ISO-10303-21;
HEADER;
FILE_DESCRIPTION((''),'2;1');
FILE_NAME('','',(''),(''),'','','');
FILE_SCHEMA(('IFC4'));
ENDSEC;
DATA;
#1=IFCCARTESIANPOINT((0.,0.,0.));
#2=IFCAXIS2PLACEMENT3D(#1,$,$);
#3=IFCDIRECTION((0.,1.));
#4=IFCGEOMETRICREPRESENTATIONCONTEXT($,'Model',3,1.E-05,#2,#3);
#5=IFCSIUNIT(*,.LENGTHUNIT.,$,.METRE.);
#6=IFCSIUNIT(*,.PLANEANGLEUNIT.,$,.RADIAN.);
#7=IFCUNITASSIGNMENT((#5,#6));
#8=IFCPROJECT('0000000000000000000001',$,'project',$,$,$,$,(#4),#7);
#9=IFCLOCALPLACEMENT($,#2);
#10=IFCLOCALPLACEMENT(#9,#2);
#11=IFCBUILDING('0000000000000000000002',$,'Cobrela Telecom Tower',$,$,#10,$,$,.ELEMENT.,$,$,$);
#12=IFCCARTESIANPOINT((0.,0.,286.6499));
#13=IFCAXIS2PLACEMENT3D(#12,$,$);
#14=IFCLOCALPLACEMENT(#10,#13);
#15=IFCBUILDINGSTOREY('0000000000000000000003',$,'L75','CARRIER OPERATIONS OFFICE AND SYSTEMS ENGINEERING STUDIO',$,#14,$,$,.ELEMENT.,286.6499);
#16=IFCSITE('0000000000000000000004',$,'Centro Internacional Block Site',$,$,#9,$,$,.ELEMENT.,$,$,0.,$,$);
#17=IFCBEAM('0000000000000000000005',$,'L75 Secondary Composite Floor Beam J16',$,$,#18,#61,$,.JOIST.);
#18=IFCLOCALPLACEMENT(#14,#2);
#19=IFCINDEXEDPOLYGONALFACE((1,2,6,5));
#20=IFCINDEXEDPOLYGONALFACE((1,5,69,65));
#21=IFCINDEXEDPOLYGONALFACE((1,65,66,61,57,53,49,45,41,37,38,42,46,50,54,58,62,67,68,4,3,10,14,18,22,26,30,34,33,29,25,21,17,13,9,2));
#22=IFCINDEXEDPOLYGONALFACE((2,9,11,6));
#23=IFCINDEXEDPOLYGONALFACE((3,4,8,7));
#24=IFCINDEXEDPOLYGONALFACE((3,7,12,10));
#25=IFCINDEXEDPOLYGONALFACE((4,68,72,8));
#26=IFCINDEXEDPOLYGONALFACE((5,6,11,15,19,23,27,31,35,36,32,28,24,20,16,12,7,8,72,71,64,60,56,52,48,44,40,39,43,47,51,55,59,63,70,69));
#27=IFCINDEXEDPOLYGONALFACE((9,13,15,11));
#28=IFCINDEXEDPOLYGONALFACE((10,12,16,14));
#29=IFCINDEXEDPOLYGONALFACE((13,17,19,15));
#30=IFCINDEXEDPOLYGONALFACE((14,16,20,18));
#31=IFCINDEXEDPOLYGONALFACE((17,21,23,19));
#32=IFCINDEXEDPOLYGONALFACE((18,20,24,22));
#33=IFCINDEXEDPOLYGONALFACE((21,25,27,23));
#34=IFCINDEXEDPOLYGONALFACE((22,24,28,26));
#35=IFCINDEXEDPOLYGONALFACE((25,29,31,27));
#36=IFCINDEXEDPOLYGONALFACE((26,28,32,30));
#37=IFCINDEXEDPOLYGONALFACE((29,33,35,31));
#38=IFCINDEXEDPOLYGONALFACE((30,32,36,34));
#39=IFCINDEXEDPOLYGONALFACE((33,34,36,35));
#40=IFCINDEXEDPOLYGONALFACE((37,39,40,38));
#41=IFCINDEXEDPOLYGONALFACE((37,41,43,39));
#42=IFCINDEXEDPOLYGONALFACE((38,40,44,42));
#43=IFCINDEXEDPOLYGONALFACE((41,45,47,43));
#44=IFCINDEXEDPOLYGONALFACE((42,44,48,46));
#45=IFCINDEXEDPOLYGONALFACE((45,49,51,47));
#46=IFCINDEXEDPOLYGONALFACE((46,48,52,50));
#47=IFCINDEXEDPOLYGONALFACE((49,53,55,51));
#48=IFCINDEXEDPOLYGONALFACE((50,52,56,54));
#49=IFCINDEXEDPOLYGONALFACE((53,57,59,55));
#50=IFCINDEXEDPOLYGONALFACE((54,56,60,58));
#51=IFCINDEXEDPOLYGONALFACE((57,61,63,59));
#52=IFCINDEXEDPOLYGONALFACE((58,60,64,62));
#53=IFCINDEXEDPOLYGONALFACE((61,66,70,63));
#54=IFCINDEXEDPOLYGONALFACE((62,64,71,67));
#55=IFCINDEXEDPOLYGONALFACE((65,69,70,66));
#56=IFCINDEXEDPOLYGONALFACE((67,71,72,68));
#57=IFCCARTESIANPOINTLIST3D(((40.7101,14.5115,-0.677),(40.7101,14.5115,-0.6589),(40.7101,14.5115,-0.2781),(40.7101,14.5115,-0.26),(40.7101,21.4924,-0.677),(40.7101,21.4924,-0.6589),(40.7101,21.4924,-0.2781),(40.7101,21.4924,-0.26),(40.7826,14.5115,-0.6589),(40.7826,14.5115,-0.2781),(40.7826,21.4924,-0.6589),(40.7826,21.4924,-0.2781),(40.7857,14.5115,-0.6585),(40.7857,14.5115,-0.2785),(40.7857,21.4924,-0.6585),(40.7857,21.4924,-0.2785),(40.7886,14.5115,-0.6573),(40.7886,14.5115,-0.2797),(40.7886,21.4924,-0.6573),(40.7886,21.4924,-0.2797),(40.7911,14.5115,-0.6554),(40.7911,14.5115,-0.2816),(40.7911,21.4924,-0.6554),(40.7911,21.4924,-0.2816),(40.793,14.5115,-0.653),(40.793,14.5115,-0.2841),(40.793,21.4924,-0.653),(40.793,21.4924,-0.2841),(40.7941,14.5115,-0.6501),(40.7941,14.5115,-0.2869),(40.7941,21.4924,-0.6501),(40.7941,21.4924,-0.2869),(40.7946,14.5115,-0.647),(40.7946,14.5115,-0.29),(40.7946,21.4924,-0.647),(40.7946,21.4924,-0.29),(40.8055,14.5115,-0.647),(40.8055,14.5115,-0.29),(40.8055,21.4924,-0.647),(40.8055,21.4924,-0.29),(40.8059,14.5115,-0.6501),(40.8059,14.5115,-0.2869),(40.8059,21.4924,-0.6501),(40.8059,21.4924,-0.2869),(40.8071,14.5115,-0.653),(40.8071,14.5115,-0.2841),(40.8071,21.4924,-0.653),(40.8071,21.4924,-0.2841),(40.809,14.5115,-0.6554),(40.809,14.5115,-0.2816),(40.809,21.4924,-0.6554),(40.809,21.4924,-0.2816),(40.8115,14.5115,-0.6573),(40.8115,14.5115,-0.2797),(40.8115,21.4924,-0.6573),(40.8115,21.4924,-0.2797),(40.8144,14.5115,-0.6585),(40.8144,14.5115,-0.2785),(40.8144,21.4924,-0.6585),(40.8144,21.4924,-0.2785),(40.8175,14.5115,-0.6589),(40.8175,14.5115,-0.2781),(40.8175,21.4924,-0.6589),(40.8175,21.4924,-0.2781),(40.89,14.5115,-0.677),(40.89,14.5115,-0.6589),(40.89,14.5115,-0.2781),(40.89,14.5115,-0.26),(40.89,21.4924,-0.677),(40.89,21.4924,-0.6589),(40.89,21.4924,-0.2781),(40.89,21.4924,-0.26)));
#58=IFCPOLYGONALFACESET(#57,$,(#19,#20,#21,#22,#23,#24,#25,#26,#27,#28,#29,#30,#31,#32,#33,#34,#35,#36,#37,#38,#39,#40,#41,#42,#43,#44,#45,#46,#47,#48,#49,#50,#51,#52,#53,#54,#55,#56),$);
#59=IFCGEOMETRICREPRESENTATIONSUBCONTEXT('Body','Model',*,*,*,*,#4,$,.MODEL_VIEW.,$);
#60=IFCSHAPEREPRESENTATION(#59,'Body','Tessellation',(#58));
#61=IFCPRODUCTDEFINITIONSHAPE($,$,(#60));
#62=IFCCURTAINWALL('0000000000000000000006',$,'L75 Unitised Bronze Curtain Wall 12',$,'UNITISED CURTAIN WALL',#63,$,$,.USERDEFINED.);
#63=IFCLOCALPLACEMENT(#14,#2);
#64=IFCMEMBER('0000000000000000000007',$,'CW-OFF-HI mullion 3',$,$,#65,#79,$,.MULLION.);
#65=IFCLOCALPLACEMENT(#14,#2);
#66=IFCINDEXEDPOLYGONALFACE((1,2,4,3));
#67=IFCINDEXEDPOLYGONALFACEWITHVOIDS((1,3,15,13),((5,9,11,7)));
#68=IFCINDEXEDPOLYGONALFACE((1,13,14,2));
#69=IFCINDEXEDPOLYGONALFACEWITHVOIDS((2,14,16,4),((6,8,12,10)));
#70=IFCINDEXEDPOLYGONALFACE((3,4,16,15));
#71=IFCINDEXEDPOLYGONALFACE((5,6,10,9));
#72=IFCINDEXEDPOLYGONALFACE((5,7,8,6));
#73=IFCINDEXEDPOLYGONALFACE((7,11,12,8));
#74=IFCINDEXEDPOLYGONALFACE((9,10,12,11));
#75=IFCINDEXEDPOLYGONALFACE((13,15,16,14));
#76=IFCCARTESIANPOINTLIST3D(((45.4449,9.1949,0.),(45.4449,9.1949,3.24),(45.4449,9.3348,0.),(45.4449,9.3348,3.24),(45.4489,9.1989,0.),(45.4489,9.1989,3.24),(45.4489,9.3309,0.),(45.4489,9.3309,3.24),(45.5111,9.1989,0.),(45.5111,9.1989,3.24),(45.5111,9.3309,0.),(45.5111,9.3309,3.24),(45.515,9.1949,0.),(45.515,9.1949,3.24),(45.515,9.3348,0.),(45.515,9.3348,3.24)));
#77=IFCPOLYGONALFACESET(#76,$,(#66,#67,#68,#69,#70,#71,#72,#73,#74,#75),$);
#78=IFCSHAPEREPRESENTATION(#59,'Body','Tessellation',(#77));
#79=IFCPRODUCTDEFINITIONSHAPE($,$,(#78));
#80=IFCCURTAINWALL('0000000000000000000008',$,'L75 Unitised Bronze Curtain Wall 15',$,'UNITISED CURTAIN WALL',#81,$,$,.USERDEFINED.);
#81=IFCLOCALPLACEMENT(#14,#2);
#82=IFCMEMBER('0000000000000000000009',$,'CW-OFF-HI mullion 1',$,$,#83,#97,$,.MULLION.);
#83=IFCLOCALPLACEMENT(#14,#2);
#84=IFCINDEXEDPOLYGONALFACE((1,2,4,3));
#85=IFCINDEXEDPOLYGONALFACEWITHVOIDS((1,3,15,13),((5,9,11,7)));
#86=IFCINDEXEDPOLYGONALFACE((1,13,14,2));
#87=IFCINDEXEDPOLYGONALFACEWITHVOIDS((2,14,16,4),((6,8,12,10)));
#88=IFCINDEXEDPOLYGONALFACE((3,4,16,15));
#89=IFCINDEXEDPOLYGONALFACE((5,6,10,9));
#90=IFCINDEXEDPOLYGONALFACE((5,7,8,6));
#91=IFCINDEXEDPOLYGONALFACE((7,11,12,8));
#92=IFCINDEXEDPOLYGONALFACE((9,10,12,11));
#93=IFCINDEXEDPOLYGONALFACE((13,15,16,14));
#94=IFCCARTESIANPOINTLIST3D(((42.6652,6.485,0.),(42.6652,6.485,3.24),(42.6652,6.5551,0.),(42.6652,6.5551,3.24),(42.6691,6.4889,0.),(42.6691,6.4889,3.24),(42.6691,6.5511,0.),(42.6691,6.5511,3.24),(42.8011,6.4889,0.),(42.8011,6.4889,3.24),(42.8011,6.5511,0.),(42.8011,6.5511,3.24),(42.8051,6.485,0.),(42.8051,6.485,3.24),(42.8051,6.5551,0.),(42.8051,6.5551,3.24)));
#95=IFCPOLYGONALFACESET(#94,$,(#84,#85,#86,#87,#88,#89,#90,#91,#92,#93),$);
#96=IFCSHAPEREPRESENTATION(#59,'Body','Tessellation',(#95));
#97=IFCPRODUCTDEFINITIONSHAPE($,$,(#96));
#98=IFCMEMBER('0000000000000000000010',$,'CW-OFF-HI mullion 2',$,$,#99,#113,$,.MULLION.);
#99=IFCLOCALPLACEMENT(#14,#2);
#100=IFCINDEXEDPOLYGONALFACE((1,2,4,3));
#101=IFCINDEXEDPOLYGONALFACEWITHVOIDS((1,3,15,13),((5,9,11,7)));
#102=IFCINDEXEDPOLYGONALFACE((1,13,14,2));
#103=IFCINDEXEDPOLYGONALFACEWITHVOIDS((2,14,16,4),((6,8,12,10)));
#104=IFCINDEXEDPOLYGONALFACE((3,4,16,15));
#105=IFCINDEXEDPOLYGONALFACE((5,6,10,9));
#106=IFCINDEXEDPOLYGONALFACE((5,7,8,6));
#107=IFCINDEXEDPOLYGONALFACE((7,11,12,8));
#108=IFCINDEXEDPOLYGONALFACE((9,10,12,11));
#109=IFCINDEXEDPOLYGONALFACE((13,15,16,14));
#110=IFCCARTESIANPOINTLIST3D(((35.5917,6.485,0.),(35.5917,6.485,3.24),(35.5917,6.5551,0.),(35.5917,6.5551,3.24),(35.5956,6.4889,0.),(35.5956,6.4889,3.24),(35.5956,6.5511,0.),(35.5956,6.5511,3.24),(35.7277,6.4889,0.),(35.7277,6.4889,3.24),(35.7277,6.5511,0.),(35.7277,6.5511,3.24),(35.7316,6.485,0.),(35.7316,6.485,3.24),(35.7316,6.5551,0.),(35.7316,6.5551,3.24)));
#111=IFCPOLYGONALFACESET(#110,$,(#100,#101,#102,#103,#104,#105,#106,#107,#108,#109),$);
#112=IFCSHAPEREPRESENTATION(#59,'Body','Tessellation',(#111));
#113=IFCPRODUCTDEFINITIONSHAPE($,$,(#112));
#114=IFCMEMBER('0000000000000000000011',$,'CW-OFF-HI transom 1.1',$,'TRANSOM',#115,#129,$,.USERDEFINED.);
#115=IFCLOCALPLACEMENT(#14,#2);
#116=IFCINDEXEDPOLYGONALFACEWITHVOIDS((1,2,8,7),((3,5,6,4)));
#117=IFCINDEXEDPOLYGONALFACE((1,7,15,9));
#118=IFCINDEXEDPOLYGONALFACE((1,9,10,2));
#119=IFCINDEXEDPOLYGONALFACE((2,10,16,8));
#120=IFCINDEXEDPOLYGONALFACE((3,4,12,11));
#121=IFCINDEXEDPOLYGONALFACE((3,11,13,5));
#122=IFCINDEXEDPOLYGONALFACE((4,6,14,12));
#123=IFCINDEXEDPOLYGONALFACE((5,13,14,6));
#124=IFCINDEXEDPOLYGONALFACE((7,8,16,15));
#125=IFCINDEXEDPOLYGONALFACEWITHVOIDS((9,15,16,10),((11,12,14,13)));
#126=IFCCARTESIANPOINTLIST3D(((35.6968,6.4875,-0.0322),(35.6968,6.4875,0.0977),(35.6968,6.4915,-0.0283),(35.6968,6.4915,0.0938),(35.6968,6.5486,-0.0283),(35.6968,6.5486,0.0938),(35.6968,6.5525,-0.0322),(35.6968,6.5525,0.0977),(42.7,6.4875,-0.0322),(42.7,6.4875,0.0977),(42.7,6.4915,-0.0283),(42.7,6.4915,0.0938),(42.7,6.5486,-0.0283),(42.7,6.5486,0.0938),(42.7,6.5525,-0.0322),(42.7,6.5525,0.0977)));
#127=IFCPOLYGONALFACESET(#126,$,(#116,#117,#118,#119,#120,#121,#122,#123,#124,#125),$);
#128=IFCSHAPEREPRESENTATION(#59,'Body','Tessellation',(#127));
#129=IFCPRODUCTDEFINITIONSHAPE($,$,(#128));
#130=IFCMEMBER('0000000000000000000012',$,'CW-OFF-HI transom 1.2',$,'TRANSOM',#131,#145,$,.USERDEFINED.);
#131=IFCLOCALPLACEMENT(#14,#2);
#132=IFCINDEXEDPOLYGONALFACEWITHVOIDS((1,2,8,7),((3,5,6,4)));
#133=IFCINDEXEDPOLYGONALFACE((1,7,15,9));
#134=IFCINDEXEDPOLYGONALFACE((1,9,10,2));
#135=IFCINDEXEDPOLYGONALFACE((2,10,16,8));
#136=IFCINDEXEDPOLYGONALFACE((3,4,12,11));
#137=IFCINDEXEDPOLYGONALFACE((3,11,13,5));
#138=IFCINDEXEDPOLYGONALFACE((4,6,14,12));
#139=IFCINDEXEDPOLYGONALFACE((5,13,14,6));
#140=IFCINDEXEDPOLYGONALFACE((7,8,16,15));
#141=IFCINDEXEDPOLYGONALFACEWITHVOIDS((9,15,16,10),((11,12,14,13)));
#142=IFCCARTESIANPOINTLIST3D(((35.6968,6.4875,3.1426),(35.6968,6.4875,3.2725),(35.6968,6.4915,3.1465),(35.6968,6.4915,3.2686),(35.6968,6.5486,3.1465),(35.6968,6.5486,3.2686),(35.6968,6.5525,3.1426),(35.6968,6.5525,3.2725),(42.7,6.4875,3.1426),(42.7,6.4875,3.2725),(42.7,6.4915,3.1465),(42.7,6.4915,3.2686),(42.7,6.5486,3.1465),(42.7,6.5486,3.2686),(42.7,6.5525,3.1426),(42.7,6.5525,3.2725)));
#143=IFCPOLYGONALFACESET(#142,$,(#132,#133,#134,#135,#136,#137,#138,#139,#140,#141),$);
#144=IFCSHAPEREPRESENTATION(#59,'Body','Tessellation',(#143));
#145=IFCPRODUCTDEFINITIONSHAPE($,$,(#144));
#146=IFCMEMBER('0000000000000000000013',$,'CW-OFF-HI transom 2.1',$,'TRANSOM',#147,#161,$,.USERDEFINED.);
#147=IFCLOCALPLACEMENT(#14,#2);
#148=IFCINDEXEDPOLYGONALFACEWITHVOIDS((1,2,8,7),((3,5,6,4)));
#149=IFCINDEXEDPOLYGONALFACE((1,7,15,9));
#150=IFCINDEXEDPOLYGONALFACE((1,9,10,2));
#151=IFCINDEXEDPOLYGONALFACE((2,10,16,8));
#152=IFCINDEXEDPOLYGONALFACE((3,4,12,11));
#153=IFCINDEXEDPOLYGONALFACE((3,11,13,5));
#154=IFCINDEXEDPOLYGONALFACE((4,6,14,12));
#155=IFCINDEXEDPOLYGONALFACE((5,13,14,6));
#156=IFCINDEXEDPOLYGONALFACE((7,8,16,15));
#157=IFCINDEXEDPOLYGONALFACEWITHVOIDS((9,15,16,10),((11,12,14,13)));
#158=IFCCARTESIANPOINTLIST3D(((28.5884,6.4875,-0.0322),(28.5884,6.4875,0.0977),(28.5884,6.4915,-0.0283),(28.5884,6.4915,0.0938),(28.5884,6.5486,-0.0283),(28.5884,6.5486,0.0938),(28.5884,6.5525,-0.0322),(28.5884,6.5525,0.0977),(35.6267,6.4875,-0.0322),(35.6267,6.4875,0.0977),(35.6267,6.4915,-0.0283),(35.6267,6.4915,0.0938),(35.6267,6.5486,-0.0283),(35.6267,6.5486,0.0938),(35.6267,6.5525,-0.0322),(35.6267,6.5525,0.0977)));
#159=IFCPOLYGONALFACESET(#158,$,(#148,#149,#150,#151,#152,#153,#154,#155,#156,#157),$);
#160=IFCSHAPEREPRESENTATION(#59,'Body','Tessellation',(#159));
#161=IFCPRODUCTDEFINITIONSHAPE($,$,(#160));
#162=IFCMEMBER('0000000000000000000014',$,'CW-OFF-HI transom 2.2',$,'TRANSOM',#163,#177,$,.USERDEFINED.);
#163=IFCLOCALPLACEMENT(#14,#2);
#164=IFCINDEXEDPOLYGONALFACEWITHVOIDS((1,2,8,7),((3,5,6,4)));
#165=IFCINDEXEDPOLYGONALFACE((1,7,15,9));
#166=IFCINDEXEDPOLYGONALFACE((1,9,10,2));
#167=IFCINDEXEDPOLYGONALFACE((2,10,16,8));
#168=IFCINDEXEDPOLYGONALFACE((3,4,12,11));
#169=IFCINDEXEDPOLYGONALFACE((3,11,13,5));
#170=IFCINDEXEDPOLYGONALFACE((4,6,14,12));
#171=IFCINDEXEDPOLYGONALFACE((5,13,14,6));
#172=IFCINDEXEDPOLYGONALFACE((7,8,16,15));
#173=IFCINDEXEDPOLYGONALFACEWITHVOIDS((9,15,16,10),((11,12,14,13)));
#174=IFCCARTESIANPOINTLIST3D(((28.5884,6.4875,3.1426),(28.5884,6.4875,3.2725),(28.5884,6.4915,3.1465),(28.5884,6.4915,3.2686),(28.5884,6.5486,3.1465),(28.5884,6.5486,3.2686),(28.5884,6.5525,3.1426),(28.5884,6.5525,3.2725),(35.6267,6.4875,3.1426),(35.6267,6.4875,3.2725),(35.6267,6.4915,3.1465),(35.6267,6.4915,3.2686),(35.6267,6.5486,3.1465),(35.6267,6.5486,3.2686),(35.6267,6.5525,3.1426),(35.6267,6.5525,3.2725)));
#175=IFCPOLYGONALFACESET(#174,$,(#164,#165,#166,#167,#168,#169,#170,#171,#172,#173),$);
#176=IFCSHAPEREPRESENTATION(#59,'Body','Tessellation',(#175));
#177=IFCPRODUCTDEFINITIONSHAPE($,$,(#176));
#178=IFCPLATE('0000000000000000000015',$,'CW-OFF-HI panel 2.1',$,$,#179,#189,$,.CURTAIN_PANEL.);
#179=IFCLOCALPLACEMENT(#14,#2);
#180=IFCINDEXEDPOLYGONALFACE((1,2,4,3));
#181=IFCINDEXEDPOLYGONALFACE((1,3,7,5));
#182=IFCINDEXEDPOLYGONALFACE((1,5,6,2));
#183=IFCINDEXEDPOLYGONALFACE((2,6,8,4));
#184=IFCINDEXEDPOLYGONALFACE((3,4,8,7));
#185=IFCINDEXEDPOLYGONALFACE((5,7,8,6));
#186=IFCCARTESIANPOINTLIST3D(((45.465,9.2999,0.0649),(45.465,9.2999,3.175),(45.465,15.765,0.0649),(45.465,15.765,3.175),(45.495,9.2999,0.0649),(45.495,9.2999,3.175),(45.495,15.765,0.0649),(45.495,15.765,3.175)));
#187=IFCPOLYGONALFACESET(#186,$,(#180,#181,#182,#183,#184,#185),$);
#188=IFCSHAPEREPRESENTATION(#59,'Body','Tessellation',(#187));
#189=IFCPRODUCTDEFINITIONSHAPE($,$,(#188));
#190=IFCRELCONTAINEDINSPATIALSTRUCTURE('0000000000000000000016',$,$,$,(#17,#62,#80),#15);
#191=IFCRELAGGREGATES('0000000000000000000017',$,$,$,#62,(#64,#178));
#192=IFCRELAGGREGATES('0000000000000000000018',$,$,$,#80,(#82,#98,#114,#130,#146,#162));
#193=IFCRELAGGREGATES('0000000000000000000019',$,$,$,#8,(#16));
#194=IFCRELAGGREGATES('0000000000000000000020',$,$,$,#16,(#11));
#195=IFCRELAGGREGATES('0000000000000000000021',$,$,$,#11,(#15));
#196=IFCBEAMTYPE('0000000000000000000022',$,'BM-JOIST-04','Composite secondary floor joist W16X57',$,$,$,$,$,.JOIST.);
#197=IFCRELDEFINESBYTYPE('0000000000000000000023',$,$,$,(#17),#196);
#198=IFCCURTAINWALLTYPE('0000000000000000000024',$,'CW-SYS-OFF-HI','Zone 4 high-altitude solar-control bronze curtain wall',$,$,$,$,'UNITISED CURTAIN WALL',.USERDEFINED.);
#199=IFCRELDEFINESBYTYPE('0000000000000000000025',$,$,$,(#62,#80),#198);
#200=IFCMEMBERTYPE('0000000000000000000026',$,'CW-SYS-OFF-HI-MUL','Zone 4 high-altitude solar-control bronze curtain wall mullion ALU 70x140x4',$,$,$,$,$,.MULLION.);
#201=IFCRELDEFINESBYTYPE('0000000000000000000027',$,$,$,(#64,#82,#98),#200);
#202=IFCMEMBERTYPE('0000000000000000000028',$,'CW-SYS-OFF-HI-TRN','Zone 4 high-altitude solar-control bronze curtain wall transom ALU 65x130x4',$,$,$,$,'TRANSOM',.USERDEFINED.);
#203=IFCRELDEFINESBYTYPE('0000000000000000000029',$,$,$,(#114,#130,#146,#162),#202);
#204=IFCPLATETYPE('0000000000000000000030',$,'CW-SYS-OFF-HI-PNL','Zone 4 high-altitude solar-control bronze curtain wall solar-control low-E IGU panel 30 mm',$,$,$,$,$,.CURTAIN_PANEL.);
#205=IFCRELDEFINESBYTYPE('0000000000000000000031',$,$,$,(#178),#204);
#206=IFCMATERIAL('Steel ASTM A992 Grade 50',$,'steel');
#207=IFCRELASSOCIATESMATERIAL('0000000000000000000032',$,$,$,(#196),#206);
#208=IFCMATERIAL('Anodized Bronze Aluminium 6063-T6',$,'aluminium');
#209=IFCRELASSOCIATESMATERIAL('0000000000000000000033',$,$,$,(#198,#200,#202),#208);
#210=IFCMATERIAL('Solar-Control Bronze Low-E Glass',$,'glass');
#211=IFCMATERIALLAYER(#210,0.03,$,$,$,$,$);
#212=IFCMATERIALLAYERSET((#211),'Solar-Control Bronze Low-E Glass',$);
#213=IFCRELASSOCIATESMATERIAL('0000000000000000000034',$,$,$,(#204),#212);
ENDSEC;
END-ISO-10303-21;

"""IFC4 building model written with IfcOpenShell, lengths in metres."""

from ifc_helpers import new_model, si_unit, direction, frame, origin, origin_2d, place, context, subcontext, project, spatial, rectangle, hollow_rectangle, i_section, extrude, material, layer, layer_set, material_profile, profile_set, type_object, element, aggregate, save


model = new_model("IFC4")

# Units and contexts
model_context = context("Model", 3, precision=1e-05, world=origin(), true_north=direction((0.0, 1.0)))
body_context = subcontext(model_context, "Body", "Model", "MODEL_VIEW")
ifc_project = project(units=[si_unit("LENGTHUNIT", "METRE"), si_unit("PLANEANGLEUNIT", "RADIAN")], contexts=[model_context])

# Site, building, storey
site_placement = place(None, origin())
site = spatial("IfcSite", under=ifc_project, at=site_placement, Name="Centro Internacional Block Site", CompositionType="ELEMENT", RefElevation=0.0)
building_placement = place(site_placement, origin())
building = spatial("IfcBuilding", under=site, at=building_placement, Name="Cobrela Telecom Tower", CompositionType="ELEMENT")
storey_placement = place(building_placement, frame((0.0, 0.0, 286.6499)))
storey = spatial("IfcBuildingStorey", under=building, at=storey_placement, Name="L75", Description="CARRIER OPERATIONS OFFICE AND SYSTEMS ENGINEERING STUDIO", CompositionType="ELEMENT", Elevation=286.6499)

# Shared definitions
ifc_material_1 = material(Name="Steel ASTM A992 Grade 50", Category="steel")

# Beam
ifc_material_profile_1 = material_profile(ifc_material_1, i_section(OverallWidth=0.1799, OverallDepth=0.417, WebThickness=0.011, FlangeThickness=0.0181, FilletRadius=0.012, at=origin_2d()), Name="W16X57")
ifc_profile_set_1 = profile_set([ifc_material_profile_1], Name="Steel ASTM A992 Grade 50")
beam_type_1 = type_object("IfcBeamType", Name="BM-JOIST-04", Description="Composite secondary floor joist W16X57", PredefinedType="JOIST", material=ifc_profile_set_1)
beam_1_placement = place(storey_placement, frame((40.8, 14.5115, -0.4685), z_axis=(0.0, 1.0, 0.0), x_axis=(-1.0, 0.0, 0.0)))
element("IfcBeam", 1, at=beam_1_placement, inside=storey, type_object=beam_type_1, Name="L75 Secondary Composite Floor Beam J16", PredefinedType="JOIST", context=body_context, shape_type="SweptSolid", body=[
    extrude(i_section(OverallWidth=0.1799, OverallDepth=0.417, WebThickness=0.011, FlangeThickness=0.0181, FilletRadius=0.012, at=origin_2d()), origin(), (0.0, 0.0, 1.0), 6.981),
])

# Curtain wall, member
ifc_material_2 = material(Name="Anodized Bronze Aluminium 6063-T6", Category="aluminium")
curtain_wall_type = type_object("IfcCurtainWallType", Name="CW-SYS-OFF-HI", Description="Zone 4 high-altitude solar-control bronze curtain wall", ElementType="UNITISED CURTAIN WALL", PredefinedType="USERDEFINED", material=ifc_material_2)
curtain_wall_1_placement = place(storey_placement, origin())
curtain_wall_1 = element("IfcCurtainWall", 2, at=curtain_wall_1_placement, inside=storey, type_object=curtain_wall_type, Name="L75 Unitised Bronze Curtain Wall 12", ObjectType="UNITISED CURTAIN WALL", PredefinedType="USERDEFINED")
ifc_material_profile_2 = material_profile(ifc_material_2, hollow_rectangle(XDim=0.0701, YDim=0.1399, WallThickness=0.0039, at=origin_2d()), Name="ALU 70x140x4")
ifc_profile_set_2 = profile_set([ifc_material_profile_2], Name="Anodized Bronze Aluminium 6063-T6")
member_type_1 = type_object("IfcMemberType", Name="CW-SYS-OFF-HI-MUL", Description="Zone 4 high-altitude solar-control bronze curtain wall mullion ALU 70x140x4", PredefinedType="MULLION", material=ifc_profile_set_2)
member_1_placement = place(storey_placement, frame((45.48, 9.2649, 0.0), z_axis=(0.0, 0.0, 1.0), x_axis=(1.0, 0.0, 0.0)))
member_1 = element("IfcMember", 3, at=member_1_placement, type_object=member_type_1, Name="CW-OFF-HI mullion 3", PredefinedType="MULLION", context=body_context, shape_type="SweptSolid", body=[
    extrude(hollow_rectangle(XDim=0.0701, YDim=0.1399, WallThickness=0.0039, at=origin_2d()), origin(), (0.0, 0.0, 1.0), 3.24),
])

# Curtain wall, members
curtain_wall_2_placement = place(storey_placement, origin())
curtain_wall_2 = element("IfcCurtainWall", 4, at=curtain_wall_2_placement, inside=storey, type_object=curtain_wall_type, Name="L75 Unitised Bronze Curtain Wall 15", ObjectType="UNITISED CURTAIN WALL", PredefinedType="USERDEFINED")
member_2_placement = place(storey_placement, frame((42.7351, 6.52, 0.0), z_axis=(0.0, 0.0, 1.0), x_axis=(0.0, -1.0, 0.0)))
member_2 = element("IfcMember", 5, at=member_2_placement, type_object=member_type_1, Name="CW-OFF-HI mullion 1", PredefinedType="MULLION", context=body_context, shape_type="SweptSolid", body=[
    extrude(hollow_rectangle(XDim=0.0701, YDim=0.1399, WallThickness=0.0039, at=origin_2d()), origin(), (0.0, 0.0, 1.0), 3.24),
])
member_3_placement = place(storey_placement, frame((35.6616, 6.52, 0.0), z_axis=(0.0, 0.0, 1.0), x_axis=(0.0, -1.0, 0.0)))
member_3 = element("IfcMember", 6, at=member_3_placement, type_object=member_type_1, Name="CW-OFF-HI mullion 2", PredefinedType="MULLION", context=body_context, shape_type="SweptSolid", body=[
    extrude(hollow_rectangle(XDim=0.0701, YDim=0.1399, WallThickness=0.0039, at=origin_2d()), origin(), (0.0, 0.0, 1.0), 3.24),
])
ifc_material_profile_3 = material_profile(ifc_material_2, hollow_rectangle(XDim=0.0649, YDim=0.1299, WallThickness=0.0039, at=origin_2d()), Name="ALU 65x130x4")
ifc_profile_set_3 = profile_set([ifc_material_profile_3], Name="Anodized Bronze Aluminium 6063-T6")
member_type_2 = type_object("IfcMemberType", Name="CW-SYS-OFF-HI-TRN", Description="Zone 4 high-altitude solar-control bronze curtain wall transom ALU 65x130x4", ElementType="TRANSOM", PredefinedType="USERDEFINED", material=ifc_profile_set_3)
member_4_placement = place(storey_placement, frame((42.7, 6.52, 0.0327), z_axis=(-1.0, 0.0, 0.0), x_axis=(0.0, -1.0, 0.0)))
member_4 = element("IfcMember", 7, at=member_4_placement, type_object=member_type_2, Name="CW-OFF-HI transom 1.1", ObjectType="TRANSOM", PredefinedType="USERDEFINED", context=body_context, shape_type="SweptSolid", body=[
    extrude(hollow_rectangle(XDim=0.0649, YDim=0.1299, WallThickness=0.0039, at=origin_2d()), origin(), (0.0, 0.0, 1.0), 7.0032),
])
member_5_placement = place(storey_placement, frame((42.7, 6.52, 3.2075), z_axis=(-1.0, 0.0, 0.0), x_axis=(0.0, -1.0, 0.0)))
member_5 = element("IfcMember", 8, at=member_5_placement, type_object=member_type_2, Name="CW-OFF-HI transom 1.2", ObjectType="TRANSOM", PredefinedType="USERDEFINED", context=body_context, shape_type="SweptSolid", body=[
    extrude(hollow_rectangle(XDim=0.0649, YDim=0.1299, WallThickness=0.0039, at=origin_2d()), origin(), (0.0, 0.0, 1.0), 7.0032),
])
member_6_placement = place(storey_placement, frame((35.6267, 6.52, 0.0327), z_axis=(-1.0, 0.0, 0.0), x_axis=(0.0, -1.0, 0.0)))
member_6 = element("IfcMember", 9, at=member_6_placement, type_object=member_type_2, Name="CW-OFF-HI transom 2.1", ObjectType="TRANSOM", PredefinedType="USERDEFINED", context=body_context, shape_type="SweptSolid", body=[
    extrude(hollow_rectangle(XDim=0.0649, YDim=0.1299, WallThickness=0.0039, at=origin_2d()), origin(), (0.0, 0.0, 1.0), 7.0383),
])
member_7_placement = place(storey_placement, frame((35.6267, 6.52, 3.2075), z_axis=(-1.0, 0.0, 0.0), x_axis=(0.0, -1.0, 0.0)))
member_7 = element("IfcMember", 10, at=member_7_placement, type_object=member_type_2, Name="CW-OFF-HI transom 2.2", ObjectType="TRANSOM", PredefinedType="USERDEFINED", context=body_context, shape_type="SweptSolid", body=[
    extrude(hollow_rectangle(XDim=0.0649, YDim=0.1299, WallThickness=0.0039, at=origin_2d()), origin(), (0.0, 0.0, 1.0), 7.0383),
])

# Plate
ifc_material_3 = material(Name="Solar-Control Bronze Low-E Glass", Category="glass")
ifc_layer_1 = layer(ifc_material_3, 0.03)
ifc_layer_set_1 = layer_set([ifc_layer_1], Name="Solar-Control Bronze Low-E Glass")
plate_type = type_object("IfcPlateType", Name="CW-SYS-OFF-HI-PNL", Description="Zone 4 high-altitude solar-control bronze curtain wall solar-control low-E IGU panel 30 mm", PredefinedType="CURTAIN_PANEL", material=ifc_layer_set_1)
plate_1_placement = place(storey_placement, frame((45.48, 12.5325, 0.0649), z_axis=(0.0, 0.0, 1.0), x_axis=(0.0, -1.0, 0.0)))
plate_1 = element("IfcPlate", 11, at=plate_1_placement, type_object=plate_type, Name="CW-OFF-HI panel 2.1", PredefinedType="CURTAIN_PANEL", context=body_context, shape_type="SweptSolid", body=[
    extrude(rectangle(XDim=6.4651, YDim=0.03, at=origin_2d()), origin(), (0.0, 0.0, 1.0), 3.1101),
])
aggregate(curtain_wall_1, [member_1, plate_1])
aggregate(curtain_wall_2, [member_2, member_3, member_4, member_5, member_6, member_7])

save(model, "model.ifc")
